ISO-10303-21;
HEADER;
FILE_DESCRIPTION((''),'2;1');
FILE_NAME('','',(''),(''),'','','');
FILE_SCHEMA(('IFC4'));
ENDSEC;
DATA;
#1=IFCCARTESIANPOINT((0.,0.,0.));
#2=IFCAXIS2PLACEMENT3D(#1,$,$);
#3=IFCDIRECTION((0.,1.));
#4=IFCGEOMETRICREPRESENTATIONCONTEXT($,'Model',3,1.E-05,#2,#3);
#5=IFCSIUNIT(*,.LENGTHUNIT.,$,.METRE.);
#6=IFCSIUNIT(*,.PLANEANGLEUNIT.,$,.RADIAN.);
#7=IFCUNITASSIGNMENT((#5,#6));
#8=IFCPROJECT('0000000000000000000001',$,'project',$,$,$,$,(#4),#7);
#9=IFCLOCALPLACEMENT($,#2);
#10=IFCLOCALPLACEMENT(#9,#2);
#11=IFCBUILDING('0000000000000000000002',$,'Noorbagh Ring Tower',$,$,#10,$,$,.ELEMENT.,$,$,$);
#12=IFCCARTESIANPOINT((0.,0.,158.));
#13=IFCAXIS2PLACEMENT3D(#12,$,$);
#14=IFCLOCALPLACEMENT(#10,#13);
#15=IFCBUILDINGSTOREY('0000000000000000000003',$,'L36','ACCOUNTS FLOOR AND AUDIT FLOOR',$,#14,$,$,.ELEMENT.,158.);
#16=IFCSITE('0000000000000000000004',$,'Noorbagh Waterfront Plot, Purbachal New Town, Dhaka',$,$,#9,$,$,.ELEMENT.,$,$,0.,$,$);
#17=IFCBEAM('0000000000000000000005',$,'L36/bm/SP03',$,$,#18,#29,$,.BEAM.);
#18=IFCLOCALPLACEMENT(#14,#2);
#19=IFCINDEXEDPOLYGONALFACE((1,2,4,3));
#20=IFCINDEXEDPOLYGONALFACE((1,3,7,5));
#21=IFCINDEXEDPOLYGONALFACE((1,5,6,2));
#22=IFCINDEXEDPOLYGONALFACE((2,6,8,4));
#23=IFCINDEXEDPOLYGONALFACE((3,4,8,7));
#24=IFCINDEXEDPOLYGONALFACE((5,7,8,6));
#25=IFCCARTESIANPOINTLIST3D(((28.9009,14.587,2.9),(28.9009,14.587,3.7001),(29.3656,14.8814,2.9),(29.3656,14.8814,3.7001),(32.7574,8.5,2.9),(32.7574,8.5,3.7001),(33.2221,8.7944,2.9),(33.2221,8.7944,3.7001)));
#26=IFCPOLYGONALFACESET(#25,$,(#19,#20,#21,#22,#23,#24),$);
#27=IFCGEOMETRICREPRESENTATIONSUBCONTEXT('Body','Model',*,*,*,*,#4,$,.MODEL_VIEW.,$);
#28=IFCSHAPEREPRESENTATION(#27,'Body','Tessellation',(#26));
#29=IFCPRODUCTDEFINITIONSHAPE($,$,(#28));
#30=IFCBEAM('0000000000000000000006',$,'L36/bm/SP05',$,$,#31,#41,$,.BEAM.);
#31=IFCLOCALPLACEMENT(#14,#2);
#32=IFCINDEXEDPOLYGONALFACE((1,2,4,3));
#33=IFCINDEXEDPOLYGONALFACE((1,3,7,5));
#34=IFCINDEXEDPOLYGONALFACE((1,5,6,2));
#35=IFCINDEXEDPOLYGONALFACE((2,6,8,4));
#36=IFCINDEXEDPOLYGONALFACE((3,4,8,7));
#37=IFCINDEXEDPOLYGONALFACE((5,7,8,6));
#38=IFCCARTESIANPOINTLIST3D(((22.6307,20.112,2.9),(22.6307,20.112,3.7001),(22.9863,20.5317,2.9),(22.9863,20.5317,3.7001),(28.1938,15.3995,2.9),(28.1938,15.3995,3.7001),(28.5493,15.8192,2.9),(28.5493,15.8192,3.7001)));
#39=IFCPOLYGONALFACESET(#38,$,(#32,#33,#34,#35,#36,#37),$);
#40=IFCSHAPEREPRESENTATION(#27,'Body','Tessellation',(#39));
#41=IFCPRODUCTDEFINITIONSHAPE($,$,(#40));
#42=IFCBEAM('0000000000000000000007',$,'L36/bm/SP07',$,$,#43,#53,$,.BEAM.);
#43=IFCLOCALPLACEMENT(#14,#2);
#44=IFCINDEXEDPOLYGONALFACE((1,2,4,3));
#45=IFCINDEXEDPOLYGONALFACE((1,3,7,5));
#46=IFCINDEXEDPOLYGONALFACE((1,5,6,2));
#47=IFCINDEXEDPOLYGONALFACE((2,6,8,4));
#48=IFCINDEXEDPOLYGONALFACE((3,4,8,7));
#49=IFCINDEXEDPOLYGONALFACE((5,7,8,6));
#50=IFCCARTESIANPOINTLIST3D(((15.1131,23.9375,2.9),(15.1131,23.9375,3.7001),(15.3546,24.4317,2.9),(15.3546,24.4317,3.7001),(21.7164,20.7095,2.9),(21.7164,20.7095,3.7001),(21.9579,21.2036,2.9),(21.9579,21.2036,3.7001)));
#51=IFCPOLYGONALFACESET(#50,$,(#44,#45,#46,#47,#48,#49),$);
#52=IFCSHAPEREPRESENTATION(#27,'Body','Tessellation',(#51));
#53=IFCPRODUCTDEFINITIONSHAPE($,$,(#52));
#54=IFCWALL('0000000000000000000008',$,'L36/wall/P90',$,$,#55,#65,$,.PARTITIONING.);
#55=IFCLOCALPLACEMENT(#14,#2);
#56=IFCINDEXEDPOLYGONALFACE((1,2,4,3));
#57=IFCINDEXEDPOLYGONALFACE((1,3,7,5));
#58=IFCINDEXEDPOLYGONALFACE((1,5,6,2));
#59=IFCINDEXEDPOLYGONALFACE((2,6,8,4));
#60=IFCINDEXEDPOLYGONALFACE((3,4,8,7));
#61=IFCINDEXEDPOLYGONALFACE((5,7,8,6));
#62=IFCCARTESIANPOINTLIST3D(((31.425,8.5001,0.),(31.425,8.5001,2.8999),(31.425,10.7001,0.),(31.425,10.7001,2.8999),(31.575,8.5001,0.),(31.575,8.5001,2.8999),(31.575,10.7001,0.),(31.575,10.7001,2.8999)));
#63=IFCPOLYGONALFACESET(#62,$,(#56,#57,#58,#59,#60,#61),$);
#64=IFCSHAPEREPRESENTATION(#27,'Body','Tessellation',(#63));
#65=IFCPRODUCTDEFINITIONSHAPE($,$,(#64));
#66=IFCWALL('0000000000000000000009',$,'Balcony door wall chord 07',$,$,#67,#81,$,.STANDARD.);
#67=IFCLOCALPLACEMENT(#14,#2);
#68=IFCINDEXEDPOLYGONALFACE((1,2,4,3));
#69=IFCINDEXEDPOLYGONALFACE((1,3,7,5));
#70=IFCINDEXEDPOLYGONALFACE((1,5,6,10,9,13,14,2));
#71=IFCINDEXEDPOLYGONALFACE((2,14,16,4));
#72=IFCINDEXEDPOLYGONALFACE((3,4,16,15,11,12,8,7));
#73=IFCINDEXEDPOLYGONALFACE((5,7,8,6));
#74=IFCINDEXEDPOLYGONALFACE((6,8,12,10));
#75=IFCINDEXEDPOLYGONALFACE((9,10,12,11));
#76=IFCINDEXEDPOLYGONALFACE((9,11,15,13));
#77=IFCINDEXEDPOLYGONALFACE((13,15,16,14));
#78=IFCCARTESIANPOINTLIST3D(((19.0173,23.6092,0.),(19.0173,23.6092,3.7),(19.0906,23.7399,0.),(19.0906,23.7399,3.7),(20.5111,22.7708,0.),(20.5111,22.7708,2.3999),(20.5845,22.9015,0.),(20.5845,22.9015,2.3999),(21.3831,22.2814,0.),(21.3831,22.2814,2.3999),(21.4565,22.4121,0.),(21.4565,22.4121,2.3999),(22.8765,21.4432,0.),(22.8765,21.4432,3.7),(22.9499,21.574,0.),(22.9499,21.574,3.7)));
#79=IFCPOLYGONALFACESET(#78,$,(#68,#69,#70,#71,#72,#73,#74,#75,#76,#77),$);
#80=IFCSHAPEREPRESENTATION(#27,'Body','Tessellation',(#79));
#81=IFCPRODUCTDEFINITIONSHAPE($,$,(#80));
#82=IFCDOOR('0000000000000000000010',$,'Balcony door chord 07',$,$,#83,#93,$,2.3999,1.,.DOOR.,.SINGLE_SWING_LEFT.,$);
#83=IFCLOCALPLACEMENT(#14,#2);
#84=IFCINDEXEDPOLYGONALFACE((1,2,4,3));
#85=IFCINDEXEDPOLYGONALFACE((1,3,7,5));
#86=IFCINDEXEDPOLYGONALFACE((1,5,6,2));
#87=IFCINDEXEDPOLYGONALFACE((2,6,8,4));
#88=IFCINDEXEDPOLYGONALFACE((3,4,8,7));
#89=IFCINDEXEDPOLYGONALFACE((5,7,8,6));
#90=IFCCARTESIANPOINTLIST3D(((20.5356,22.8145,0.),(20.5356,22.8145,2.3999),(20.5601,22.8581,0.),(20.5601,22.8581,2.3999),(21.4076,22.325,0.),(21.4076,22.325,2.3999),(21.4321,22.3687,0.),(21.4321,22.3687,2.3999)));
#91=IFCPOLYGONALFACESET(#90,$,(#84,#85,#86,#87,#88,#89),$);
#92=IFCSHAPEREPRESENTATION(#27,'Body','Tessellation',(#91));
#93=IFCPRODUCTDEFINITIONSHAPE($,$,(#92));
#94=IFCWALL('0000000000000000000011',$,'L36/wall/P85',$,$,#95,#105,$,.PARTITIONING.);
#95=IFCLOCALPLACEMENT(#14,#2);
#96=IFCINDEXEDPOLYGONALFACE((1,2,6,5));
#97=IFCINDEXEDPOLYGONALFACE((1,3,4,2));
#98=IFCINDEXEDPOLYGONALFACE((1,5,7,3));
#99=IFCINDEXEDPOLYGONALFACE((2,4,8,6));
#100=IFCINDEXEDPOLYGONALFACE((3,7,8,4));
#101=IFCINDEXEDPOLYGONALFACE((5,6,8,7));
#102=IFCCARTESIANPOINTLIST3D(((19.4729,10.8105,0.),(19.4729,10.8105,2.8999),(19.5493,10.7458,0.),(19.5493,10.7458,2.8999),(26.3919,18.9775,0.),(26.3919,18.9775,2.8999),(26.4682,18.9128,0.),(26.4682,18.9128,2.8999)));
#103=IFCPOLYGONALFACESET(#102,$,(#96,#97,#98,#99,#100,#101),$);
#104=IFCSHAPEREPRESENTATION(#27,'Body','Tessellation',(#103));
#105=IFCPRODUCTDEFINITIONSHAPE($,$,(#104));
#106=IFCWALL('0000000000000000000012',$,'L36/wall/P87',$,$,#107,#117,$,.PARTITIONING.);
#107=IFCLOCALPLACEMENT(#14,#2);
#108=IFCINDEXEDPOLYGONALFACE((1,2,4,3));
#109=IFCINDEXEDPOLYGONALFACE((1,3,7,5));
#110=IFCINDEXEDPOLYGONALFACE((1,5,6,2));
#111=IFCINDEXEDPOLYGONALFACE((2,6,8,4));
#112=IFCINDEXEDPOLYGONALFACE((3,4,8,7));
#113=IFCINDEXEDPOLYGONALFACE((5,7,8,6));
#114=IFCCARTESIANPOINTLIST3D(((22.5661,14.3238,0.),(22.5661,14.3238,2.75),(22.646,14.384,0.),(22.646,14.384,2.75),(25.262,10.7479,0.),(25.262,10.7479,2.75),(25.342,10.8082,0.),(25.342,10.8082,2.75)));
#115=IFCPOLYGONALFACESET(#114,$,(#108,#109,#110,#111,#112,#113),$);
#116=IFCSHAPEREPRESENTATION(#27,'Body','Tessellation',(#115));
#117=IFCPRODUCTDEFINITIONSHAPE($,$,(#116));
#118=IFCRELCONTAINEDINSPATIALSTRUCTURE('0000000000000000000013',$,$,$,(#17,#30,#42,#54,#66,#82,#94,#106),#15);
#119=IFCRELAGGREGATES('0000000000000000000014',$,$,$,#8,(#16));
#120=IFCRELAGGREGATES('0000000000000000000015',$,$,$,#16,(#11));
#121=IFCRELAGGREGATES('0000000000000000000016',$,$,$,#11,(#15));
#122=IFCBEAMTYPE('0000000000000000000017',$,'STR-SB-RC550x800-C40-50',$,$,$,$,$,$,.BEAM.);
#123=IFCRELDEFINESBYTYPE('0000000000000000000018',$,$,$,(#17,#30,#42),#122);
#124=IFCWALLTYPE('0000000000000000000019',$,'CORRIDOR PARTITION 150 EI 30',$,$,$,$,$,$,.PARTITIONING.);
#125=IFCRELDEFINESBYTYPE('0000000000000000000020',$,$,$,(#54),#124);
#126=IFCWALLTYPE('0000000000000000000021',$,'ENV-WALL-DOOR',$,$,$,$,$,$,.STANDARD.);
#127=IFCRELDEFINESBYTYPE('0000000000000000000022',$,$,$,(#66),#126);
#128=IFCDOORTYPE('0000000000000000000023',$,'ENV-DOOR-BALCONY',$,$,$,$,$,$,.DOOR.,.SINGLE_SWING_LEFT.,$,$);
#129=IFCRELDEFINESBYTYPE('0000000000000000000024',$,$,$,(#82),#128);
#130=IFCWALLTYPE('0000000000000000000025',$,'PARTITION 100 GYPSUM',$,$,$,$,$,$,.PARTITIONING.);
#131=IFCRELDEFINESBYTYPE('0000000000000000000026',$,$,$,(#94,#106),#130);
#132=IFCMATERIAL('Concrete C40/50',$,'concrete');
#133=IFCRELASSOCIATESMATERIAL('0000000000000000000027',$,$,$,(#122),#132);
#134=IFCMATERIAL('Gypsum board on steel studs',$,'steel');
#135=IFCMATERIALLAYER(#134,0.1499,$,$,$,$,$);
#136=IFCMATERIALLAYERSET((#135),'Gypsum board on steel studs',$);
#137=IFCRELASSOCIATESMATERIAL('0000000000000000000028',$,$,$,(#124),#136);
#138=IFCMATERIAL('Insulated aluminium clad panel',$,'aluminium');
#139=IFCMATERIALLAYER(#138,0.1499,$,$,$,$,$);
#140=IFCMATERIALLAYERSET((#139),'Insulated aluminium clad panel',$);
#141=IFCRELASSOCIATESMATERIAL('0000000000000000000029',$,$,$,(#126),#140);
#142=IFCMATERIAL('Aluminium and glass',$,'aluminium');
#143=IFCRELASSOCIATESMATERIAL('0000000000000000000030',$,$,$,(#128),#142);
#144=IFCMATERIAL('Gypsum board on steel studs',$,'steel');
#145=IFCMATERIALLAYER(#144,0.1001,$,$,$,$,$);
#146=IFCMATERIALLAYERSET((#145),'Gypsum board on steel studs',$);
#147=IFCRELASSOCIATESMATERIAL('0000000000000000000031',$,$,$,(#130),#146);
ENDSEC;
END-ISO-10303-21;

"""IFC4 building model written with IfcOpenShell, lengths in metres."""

from ifc_helpers import new_model, si_unit, direction, frame, frame_2d, origin, origin_2d, place, context, subcontext, project, spatial, rectangle, extrude, material, layer, layer_set, material_profile, profile_set, type_object, element, fill, save


model = new_model("IFC4")

# Units and contexts
model_context = context("Model", 3, precision=1e-05, world=origin(), true_north=direction((0.0, 1.0)))
body_context = subcontext(model_context, "Body", "Model", "MODEL_VIEW")
ifc_project = project(units=[si_unit("LENGTHUNIT", "METRE"), si_unit("PLANEANGLEUNIT", "RADIAN")], contexts=[model_context])

# Site, building, storey
site_placement = place(None, origin())
site = spatial("IfcSite", under=ifc_project, at=site_placement, Name="Noorbagh Waterfront Plot, Purbachal New Town, Dhaka", CompositionType="ELEMENT", RefElevation=0.0)
building_placement = place(site_placement, origin())
building = spatial("IfcBuilding", under=site, at=building_placement, Name="Noorbagh Ring Tower", CompositionType="ELEMENT")
storey_placement = place(building_placement, frame((0.0, 0.0, 158.0)))
storey = spatial("IfcBuildingStorey", under=building, at=storey_placement, Name="L36", Description="ACCOUNTS FLOOR AND AUDIT FLOOR", CompositionType="ELEMENT", Elevation=158.0)

# Beams
ifc_material_1 = material(Name="Concrete C40/50", Category="concrete")
ifc_material_profile_1 = material_profile(ifc_material_1, rectangle(XDim=0.55, YDim=0.8, at=origin_2d()), Name="RC550x800")
ifc_profile_set_1 = profile_set([ifc_material_profile_1], Name="Concrete C40/50")
beam_type_1 = type_object("IfcBeamType", Name="STR-SB-RC550x800-C40-50", PredefinedType="BEAM", material=ifc_profile_set_1)
beam_1_placement = place(storey_placement, frame((32.9897, 8.6472, 3.3), z_axis=(-0.535191, 0.844731, 0.0), x_axis=(-0.844731, -0.535191, 0.0)))
element("IfcBeam", 1, at=beam_1_placement, inside=storey, type_object=beam_type_1, Name="L36/bm/SP03", PredefinedType="BEAM", context=body_context, shape_type="SweptSolid", body=[
    extrude(rectangle(XDim=0.55, YDim=0.8, at=origin_2d()), origin(), (0.0, 0.0, 1.0), 7.2058),
])
beam_2_placement = place(storey_placement, frame((28.3716, 15.6094, 3.3), z_axis=(-0.763031, 0.646362, 0.0), x_axis=(-0.646362, -0.763031, 0.0)))
element("IfcBeam", 2, at=beam_2_placement, inside=storey, type_object=beam_type_1, Name="L36/bm/SP05", PredefinedType="BEAM", context=body_context, shape_type="SweptSolid", body=[
    extrude(rectangle(XDim=0.55, YDim=0.8, at=origin_2d()), origin(), (0.0, 0.0, 1.0), 7.2908),
])
beam_3_placement = place(storey_placement, frame((21.8372, 20.9565, 3.3), z_axis=(-0.898397, 0.439184, 0.0), x_axis=(-0.439184, -0.898397, 0.0)))
element("IfcBeam", 3, at=beam_3_placement, inside=storey, type_object=beam_type_1, Name="L36/bm/SP07", PredefinedType="BEAM", context=body_context, shape_type="SweptSolid", body=[
    extrude(rectangle(XDim=0.55, YDim=0.8, at=origin_2d()), origin(), (0.0, 0.0, 1.0), 7.3501),
])

# Wall
ifc_material_2 = material(Name="Gypsum board on steel studs", Category="steel")
ifc_layer_1 = layer(ifc_material_2, 0.1499)
ifc_layer_set_1 = layer_set([ifc_layer_1], Name="Gypsum board on steel studs")
wall_type_1 = type_object("IfcWallType", Name="CORRIDOR PARTITION 150 EI 30", PredefinedType="PARTITIONING", material=ifc_layer_set_1)
wall_1_placement = place(storey_placement, frame((31.5, 8.5, 0.0), z_axis=(0.0, 0.0, 1.0), x_axis=(0.0, 1.0, 0.0)))
element("IfcWall", 4, at=wall_1_placement, inside=storey, type_object=wall_type_1, Name="L36/wall/P90", PredefinedType="PARTITIONING", context=body_context, shape_type="SweptSolid", body=[
    extrude(rectangle(XDim=2.2, YDim=0.1499, at=frame_2d((1.1001, 0.0))), origin(), (0.0, 0.0, 1.0), 2.8999),
])

# Wall, opening, door
ifc_material_3 = material(Name="Insulated aluminium clad panel", Category="aluminium")
ifc_layer_2 = layer(ifc_material_3, 0.1499)
ifc_layer_set_2 = layer_set([ifc_layer_2], Name="Insulated aluminium clad panel")
wall_type_2 = type_object("IfcWallType", Name="ENV-WALL-DOOR", PredefinedType="STANDARD", material=ifc_layer_set_2)
wall_2_placement = place(storey_placement, frame((22.9133, 21.5085, 0.0), z_axis=(0.0, 0.0, 1.0), x_axis=(-0.872047, 0.489423, 0.0)))
wall_2 = element("IfcWall", 5, at=wall_2_placement, inside=storey, type_object=wall_type_2, Name="Balcony door wall chord 07", PredefinedType="STANDARD", context=body_context, shape_type="SweptSolid", body=[
    extrude(rectangle(XDim=4.4255, YDim=0.1499, at=frame_2d((2.2129, 0.0))), origin(), (0.0, 0.0, 1.0), 3.7),
])
opening_placement = place(wall_2_placement, frame((1.7126, 0.0, 0.0)))
opening = element("IfcOpeningElement", 6, at=opening_placement, cuts=wall_2, PredefinedType="OPENING", context=body_context, shape_type="SweptSolid", body=[
    extrude(rectangle(XDim=1.0, YDim=2.3999, at=frame_2d((0.5, 1.2))), frame((0.0, 0.085, 0.0), z_axis=(0.0, -1.0, 0.0), x_axis=(1.0, 0.0, 0.0)), (0.0, 0.0, 1.0), 0.1699),
])
ifc_material_4 = material(Name="Aluminium and glass", Category="aluminium")
door_type = type_object("IfcDoorType", Name="ENV-DOOR-BALCONY", OperationType="SINGLE_SWING_LEFT", PredefinedType="DOOR", material=ifc_material_4)
door_placement = place(opening_placement, origin())
door = element("IfcDoor", 7, at=door_placement, inside=storey, type_object=door_type, Name="Balcony door chord 07", OperationType="SINGLE_SWING_LEFT", OverallHeight=2.3999, OverallWidth=1.0, PredefinedType="DOOR", context=body_context, shape_type="SweptSolid", body=[
    extrude(rectangle(XDim=1.0, YDim=2.3999, at=frame_2d((0.5, 1.2))), frame((0.0, 0.0249, 0.0), z_axis=(0.0, -1.0, 0.0), x_axis=(1.0, 0.0, 0.0)), (0.0, 0.0, 1.0), 0.05),
])
fill(opening, door)

# Walls
ifc_material_5 = material(Name="Gypsum board on steel studs", Category="steel")
ifc_layer_3 = layer(ifc_material_5, 0.1001)
ifc_layer_set_3 = layer_set([ifc_layer_3], Name="Gypsum board on steel studs")
wall_type_3 = type_object("IfcWallType", Name="PARTITION 100 GYPSUM", PredefinedType="PARTITIONING", material=ifc_layer_set_3)
wall_3_placement = place(storey_placement, frame((19.511, 10.7781, 0.0), z_axis=(0.0, 0.0, 1.0), x_axis=(0.6464, 0.762999, 0.0)))
element("IfcWall", 8, at=wall_3_placement, inside=storey, type_object=wall_type_3, Name="L36/wall/P85", PredefinedType="PARTITIONING", context=body_context, shape_type="SweptSolid", body=[
    extrude(rectangle(XDim=10.7039, YDim=0.1001, at=frame_2d((5.3521, 0.0))), origin(), (0.0, 0.0, 1.0), 2.8999),
])
wall_4_placement = place(storey_placement, frame((22.606, 14.354, 0.0), z_axis=(0.0, 0.0, 1.0), x_axis=(0.602013, -0.798486, 0.0)))
element("IfcWall", 9, at=wall_4_placement, inside=storey, type_object=wall_type_3, Name="L36/wall/P87", PredefinedType="PARTITIONING", context=body_context, shape_type="SweptSolid", body=[
    extrude(rectangle(XDim=4.4783, YDim=0.1001, at=frame_2d((2.2393, 0.0))), origin(), (0.0, 0.0, 1.0), 2.75),
])

save(model, "model.ifc")
